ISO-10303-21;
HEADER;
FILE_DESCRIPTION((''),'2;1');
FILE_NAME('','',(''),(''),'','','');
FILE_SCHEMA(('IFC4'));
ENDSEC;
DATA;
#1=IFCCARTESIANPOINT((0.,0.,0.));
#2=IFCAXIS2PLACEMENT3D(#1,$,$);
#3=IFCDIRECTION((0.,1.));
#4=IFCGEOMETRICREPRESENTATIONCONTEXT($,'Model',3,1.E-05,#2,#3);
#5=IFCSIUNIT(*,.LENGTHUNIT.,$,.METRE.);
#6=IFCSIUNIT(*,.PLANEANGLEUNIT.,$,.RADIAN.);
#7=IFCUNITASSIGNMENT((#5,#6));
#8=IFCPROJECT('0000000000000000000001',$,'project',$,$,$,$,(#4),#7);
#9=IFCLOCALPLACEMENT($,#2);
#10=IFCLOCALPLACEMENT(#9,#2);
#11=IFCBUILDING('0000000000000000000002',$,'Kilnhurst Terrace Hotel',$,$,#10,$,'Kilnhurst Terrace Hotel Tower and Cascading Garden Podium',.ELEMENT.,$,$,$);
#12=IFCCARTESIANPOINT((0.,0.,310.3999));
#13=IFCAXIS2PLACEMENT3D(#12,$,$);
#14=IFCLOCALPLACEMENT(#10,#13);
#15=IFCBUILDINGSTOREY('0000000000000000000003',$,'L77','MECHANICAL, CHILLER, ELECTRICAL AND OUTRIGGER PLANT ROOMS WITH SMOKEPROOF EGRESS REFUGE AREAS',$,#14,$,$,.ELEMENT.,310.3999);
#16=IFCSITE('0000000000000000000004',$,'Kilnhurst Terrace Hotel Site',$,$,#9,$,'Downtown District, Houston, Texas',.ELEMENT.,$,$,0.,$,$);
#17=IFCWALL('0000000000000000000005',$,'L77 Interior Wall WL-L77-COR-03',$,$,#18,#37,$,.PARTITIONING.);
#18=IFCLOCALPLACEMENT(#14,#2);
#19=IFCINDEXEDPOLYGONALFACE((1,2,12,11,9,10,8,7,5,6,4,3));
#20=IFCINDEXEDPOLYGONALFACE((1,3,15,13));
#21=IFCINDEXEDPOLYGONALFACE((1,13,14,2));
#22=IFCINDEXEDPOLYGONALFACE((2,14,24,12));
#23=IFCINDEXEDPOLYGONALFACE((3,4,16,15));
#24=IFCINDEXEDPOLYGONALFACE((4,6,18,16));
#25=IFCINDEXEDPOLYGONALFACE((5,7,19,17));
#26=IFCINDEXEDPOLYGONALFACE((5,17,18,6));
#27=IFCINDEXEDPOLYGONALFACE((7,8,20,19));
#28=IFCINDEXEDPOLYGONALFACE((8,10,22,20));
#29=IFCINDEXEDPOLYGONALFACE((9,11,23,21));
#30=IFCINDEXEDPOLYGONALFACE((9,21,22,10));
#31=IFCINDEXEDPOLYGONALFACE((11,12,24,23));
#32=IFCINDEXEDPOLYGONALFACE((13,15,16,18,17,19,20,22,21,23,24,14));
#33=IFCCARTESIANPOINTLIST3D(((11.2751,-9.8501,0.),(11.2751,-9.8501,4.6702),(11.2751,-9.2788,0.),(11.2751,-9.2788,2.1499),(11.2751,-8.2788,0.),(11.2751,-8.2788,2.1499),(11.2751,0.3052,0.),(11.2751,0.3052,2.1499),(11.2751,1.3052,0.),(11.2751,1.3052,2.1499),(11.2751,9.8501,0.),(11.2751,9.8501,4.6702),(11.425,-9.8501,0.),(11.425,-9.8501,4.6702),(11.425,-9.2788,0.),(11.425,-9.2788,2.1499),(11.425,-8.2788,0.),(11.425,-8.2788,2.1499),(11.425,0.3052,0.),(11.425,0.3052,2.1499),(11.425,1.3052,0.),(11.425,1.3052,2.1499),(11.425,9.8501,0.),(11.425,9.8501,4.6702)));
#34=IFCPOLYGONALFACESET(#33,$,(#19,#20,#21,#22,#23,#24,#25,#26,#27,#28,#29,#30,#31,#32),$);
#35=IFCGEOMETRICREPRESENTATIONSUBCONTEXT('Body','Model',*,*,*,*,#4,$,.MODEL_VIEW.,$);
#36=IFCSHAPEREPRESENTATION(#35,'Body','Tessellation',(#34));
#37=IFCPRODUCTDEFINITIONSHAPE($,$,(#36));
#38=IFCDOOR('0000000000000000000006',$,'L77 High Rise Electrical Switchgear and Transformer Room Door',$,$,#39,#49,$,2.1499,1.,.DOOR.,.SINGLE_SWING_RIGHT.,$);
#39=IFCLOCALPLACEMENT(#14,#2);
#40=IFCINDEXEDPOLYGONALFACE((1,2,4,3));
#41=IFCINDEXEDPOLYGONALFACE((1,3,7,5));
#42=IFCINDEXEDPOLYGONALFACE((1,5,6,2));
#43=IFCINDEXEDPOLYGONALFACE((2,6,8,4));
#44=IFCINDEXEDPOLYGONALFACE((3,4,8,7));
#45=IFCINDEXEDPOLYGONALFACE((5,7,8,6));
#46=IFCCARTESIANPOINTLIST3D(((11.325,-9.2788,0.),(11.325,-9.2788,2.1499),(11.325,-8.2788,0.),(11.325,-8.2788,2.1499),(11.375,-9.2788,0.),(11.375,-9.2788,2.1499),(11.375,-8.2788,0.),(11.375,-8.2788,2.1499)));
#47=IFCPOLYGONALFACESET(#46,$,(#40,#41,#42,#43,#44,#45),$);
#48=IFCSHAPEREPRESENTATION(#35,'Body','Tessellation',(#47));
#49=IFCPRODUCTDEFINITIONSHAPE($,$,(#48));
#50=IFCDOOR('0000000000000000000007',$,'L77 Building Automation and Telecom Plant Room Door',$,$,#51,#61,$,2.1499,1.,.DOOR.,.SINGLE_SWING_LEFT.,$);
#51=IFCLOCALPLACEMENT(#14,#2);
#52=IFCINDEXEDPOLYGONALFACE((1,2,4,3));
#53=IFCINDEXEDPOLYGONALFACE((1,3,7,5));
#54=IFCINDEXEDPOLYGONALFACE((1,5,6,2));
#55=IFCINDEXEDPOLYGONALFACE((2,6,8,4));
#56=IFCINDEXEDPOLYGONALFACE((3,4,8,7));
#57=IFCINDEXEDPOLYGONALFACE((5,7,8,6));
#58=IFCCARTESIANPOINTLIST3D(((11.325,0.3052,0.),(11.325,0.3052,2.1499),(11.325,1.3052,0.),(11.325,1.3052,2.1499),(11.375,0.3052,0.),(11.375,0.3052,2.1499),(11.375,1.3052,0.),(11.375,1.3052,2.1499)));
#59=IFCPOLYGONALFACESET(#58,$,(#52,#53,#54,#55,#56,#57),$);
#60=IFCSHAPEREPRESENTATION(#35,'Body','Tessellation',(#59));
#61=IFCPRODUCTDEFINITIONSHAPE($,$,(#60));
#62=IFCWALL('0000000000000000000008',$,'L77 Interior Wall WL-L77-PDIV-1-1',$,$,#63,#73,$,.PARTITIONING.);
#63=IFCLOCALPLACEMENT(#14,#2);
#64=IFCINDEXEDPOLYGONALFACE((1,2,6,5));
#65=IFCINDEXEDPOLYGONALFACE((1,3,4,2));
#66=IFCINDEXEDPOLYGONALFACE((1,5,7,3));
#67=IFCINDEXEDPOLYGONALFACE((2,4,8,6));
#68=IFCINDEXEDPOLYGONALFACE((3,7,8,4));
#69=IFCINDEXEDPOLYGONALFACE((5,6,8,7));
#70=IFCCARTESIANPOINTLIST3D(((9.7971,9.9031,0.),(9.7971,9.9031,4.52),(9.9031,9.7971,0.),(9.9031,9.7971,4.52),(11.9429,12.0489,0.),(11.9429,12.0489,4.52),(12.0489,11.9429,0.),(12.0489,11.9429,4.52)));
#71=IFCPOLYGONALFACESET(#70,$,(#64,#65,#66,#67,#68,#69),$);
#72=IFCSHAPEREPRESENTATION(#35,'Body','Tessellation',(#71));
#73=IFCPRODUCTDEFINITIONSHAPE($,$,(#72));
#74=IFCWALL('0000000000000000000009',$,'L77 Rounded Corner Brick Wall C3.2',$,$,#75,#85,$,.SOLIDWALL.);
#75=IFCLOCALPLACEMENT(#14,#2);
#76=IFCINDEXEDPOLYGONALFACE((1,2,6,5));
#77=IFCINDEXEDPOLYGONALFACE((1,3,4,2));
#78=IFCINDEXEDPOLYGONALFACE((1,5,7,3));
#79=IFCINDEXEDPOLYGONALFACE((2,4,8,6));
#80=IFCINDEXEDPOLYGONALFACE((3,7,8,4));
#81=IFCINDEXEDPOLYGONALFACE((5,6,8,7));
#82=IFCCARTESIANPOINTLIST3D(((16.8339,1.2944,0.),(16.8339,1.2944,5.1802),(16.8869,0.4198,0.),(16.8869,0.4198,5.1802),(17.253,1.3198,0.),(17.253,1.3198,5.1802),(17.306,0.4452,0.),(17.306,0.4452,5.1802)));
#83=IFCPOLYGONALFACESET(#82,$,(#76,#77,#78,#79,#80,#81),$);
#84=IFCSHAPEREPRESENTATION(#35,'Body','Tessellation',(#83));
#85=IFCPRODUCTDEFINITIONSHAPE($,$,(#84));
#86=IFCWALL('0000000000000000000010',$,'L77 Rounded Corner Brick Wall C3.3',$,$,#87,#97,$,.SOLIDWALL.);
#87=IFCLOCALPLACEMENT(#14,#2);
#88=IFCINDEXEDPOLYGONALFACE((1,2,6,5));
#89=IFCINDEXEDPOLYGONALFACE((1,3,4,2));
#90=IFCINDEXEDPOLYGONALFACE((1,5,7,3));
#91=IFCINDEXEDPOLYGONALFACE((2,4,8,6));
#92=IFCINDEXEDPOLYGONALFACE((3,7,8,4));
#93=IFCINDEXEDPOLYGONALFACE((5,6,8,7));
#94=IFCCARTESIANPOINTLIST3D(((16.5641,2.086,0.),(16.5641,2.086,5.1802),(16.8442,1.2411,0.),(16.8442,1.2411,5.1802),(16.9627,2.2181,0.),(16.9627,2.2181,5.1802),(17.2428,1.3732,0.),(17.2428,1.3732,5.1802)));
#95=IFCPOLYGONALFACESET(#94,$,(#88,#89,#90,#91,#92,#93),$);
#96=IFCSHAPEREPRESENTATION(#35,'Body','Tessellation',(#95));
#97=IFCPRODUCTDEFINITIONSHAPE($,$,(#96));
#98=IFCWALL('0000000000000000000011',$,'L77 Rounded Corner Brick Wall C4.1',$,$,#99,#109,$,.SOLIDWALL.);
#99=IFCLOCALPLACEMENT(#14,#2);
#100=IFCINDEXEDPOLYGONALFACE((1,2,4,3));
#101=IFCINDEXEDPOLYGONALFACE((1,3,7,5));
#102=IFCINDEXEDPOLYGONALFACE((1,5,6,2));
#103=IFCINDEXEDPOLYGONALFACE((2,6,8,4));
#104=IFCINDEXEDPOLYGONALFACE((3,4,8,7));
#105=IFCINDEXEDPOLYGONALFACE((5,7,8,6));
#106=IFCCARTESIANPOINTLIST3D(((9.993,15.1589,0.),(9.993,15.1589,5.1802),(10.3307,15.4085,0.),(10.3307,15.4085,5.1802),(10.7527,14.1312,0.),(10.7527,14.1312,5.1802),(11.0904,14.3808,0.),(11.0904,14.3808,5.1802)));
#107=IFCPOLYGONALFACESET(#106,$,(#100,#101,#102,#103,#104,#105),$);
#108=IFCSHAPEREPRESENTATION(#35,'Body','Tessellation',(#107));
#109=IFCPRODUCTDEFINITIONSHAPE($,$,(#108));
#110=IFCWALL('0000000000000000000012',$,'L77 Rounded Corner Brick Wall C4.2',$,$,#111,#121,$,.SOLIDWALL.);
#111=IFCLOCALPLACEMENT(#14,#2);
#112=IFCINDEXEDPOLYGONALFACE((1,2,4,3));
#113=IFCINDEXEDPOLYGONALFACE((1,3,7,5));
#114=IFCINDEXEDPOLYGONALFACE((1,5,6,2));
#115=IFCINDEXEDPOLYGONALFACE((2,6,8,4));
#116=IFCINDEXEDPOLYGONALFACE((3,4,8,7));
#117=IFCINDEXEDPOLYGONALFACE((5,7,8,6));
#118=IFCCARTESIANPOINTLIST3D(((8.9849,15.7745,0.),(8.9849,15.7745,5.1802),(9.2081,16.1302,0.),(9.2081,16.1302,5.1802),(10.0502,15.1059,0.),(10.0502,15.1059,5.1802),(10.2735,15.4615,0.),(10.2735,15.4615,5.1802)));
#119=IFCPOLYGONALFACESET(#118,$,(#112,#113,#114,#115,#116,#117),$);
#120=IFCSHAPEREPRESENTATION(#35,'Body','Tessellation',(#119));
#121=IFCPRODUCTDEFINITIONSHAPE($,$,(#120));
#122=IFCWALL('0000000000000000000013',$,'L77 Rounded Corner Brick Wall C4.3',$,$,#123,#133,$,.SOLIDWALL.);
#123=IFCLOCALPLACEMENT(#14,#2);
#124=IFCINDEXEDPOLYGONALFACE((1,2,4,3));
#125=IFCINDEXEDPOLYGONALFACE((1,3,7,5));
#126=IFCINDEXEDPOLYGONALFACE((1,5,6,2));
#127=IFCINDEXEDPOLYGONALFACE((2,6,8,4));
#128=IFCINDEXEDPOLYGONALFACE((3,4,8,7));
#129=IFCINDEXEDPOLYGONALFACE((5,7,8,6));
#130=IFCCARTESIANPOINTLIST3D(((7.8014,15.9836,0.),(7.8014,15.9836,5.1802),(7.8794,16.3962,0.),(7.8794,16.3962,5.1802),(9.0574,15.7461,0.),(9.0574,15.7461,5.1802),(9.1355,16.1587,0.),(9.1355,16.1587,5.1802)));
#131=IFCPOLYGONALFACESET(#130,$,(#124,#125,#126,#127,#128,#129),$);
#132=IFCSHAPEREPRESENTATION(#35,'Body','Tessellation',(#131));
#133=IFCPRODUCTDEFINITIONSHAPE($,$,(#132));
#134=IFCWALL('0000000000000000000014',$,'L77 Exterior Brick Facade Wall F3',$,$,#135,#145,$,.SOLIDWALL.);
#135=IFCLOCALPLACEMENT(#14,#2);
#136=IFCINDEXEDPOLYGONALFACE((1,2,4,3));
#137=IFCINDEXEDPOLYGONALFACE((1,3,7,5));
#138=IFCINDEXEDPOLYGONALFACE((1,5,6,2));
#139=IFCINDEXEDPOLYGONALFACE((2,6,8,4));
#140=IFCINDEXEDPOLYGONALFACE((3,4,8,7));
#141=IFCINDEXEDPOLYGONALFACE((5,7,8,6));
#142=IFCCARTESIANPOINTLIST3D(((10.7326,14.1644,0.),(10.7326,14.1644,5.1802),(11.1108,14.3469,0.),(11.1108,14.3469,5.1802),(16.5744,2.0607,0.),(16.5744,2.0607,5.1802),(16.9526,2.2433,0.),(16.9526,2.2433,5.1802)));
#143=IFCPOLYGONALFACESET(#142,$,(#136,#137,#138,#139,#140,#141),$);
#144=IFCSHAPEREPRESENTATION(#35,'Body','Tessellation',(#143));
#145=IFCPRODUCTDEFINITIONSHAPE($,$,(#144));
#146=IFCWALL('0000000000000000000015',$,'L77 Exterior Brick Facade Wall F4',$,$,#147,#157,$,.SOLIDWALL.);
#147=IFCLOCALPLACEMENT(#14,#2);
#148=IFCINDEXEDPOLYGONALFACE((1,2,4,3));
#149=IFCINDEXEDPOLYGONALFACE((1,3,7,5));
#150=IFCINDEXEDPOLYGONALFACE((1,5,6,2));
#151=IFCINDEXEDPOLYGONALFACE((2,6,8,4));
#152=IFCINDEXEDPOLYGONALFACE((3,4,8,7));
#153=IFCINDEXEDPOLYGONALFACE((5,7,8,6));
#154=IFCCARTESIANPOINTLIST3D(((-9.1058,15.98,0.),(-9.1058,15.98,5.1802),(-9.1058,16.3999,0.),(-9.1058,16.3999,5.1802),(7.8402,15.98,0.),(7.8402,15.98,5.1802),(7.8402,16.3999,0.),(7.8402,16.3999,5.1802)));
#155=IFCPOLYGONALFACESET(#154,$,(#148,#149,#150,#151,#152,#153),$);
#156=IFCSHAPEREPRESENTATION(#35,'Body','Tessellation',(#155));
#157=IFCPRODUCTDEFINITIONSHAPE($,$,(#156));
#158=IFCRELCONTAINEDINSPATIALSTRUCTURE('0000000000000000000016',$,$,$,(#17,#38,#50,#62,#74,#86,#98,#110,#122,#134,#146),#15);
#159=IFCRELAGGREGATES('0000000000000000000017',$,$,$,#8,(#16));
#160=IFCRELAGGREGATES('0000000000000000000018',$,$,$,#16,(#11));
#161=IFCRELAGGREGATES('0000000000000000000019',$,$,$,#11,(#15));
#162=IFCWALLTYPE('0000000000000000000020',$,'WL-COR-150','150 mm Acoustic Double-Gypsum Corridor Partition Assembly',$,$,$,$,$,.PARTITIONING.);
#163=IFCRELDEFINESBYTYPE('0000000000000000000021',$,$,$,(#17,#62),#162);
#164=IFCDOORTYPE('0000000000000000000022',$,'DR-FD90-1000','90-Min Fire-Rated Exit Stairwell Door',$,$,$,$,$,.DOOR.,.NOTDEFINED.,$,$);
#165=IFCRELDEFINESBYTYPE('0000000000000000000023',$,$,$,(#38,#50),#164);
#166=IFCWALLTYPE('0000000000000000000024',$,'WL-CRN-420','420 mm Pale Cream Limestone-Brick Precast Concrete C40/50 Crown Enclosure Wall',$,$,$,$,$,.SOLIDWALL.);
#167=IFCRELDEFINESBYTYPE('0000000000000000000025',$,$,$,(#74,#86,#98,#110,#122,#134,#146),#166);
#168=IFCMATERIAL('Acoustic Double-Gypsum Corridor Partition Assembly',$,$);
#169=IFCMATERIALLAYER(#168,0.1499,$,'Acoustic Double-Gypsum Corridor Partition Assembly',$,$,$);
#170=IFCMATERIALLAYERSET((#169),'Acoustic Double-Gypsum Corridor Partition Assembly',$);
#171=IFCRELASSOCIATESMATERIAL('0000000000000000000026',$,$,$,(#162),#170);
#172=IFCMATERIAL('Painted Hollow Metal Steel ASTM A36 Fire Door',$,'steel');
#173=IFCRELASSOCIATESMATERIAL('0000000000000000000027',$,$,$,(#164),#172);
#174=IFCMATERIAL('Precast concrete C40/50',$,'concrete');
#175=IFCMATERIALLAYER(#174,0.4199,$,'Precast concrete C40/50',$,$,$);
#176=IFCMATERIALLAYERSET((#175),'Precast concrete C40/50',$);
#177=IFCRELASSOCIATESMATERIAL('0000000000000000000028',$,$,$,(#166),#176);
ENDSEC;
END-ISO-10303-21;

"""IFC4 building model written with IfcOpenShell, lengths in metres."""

from ifc_helpers import new_model, si_unit, direction, frame, frame_2d, origin, place, context, subcontext, project, spatial, rectangle, extrude, material, layer, layer_set, type_object, element, fill, save


model = new_model("IFC4")

# Units and contexts
model_context = context("Model", 3, precision=1e-05, world=origin(), true_north=direction((0.0, 1.0)))
body_context = subcontext(model_context, "Body", "Model", "MODEL_VIEW")
ifc_project = project(units=[si_unit("LENGTHUNIT", "METRE"), si_unit("PLANEANGLEUNIT", "RADIAN")], contexts=[model_context])

# Site, building, storey
site_placement = place(None, origin())
site = spatial("IfcSite", under=ifc_project, at=site_placement, Name="Kilnhurst Terrace Hotel Site", LongName="Downtown District, Houston, Texas", CompositionType="ELEMENT", RefElevation=0.0)
building_placement = place(site_placement, origin())
building = spatial("IfcBuilding", under=site, at=building_placement, Name="Kilnhurst Terrace Hotel", LongName="Kilnhurst Terrace Hotel Tower and Cascading Garden Podium", CompositionType="ELEMENT")
storey_placement = place(building_placement, frame((0.0, 0.0, 310.3999)))
storey = spatial("IfcBuildingStorey", under=building, at=storey_placement, Name="L77", Description="MECHANICAL, CHILLER, ELECTRICAL AND OUTRIGGER PLANT ROOMS WITH SMOKEPROOF EGRESS REFUGE AREAS", CompositionType="ELEMENT", Elevation=310.3999)

# Wall, openings, doors
ifc_material_1 = material(Name="Acoustic Double-Gypsum Corridor Partition Assembly")
ifc_layer_1 = layer(ifc_material_1, 0.1499, Name="Acoustic Double-Gypsum Corridor Partition Assembly")
ifc_layer_set_1 = layer_set([ifc_layer_1], Name="Acoustic Double-Gypsum Corridor Partition Assembly")
wall_type_1 = type_object("IfcWallType", Name="WL-COR-150", Description="150 mm Acoustic Double-Gypsum Corridor Partition Assembly", PredefinedType="PARTITIONING", material=ifc_layer_set_1)
wall_1_placement = place(storey_placement, frame((11.3501, 9.8501, 0.0), z_axis=(0.0, 0.0, 1.0), x_axis=(0.0, -1.0, 0.0)))
wall_1 = element("IfcWall", 1, at=wall_1_placement, inside=storey, type_object=wall_type_1, Name="L77 Interior Wall WL-L77-COR-03", PredefinedType="PARTITIONING", context=body_context, shape_type="SweptSolid", body=[
    extrude(rectangle(XDim=19.7002, YDim=0.1499, at=frame_2d((9.8501, 0.0))), origin(), (0.0, 0.0, 1.0), 4.6702),
])
opening_1_placement = place(wall_1_placement, frame((18.1289, 0.0, 0.0)))
opening_1 = element("IfcOpeningElement", 2, at=opening_1_placement, cuts=wall_1, PredefinedType="OPENING", context=body_context, shape_type="SweptSolid", body=[
    extrude(rectangle(XDim=1.0, YDim=2.1499, at=frame_2d((0.5, 1.075))), frame((0.0, 0.085, 0.0), z_axis=(0.0, -1.0, 0.0), x_axis=(1.0, 0.0, 0.0)), (0.0, 0.0, 1.0), 0.1699),
])
opening_2_placement = place(wall_1_placement, frame((8.5449, 0.0, 0.0)))
opening_2 = element("IfcOpeningElement", 3, at=opening_2_placement, cuts=wall_1, PredefinedType="OPENING", context=body_context, shape_type="SweptSolid", body=[
    extrude(rectangle(XDim=1.0, YDim=2.1499, at=frame_2d((0.5, 1.075))), frame((0.0, 0.085, 0.0), z_axis=(0.0, -1.0, 0.0), x_axis=(1.0, 0.0, 0.0)), (0.0, 0.0, 1.0), 0.1699),
])
ifc_material_2 = material(Name="Painted Hollow Metal Steel ASTM A36 Fire Door", Category="steel")
door_type = type_object("IfcDoorType", Name="DR-FD90-1000", Description="90-Min Fire-Rated Exit Stairwell Door", OperationType="NOTDEFINED", PredefinedType="DOOR", material=ifc_material_2)
door_1_placement = place(opening_1_placement, origin())
door_1 = element("IfcDoor", 4, at=door_1_placement, inside=storey, type_object=door_type, Name="L77 High Rise Electrical Switchgear and Transformer Room Door", OperationType="SINGLE_SWING_RIGHT", OverallHeight=2.1499, OverallWidth=1.0, PredefinedType="DOOR", context=body_context, shape_type="SweptSolid", body=[
    extrude(rectangle(XDim=1.0, YDim=2.1499, at=frame_2d((0.5, 1.075))), frame((0.0, 0.0249, 0.0), z_axis=(0.0, -1.0, 0.0), x_axis=(1.0, 0.0, 0.0)), (0.0, 0.0, 1.0), 0.05),
])
fill(opening_1, door_1)
door_2_placement = place(opening_2_placement, origin())
door_2 = element("IfcDoor", 5, at=door_2_placement, inside=storey, type_object=door_type, Name="L77 Building Automation and Telecom Plant Room Door", OperationType="SINGLE_SWING_LEFT", OverallHeight=2.1499, OverallWidth=1.0, PredefinedType="DOOR", context=body_context, shape_type="SweptSolid", body=[
    extrude(rectangle(XDim=1.0, YDim=2.1499, at=frame_2d((0.5, 1.075))), frame((0.0, 0.0249, 0.0), z_axis=(0.0, -1.0, 0.0), x_axis=(1.0, 0.0, 0.0)), (0.0, 0.0, 1.0), 0.05),
])
fill(opening_2, door_2)

# Walls
wall_2_placement = place(storey_placement, frame((9.8501, 9.8501, 0.0), z_axis=(0.0, 0.0, 1.0), x_axis=(0.707107, 0.707107, 0.0)))
element("IfcWall", 6, at=wall_2_placement, inside=storey, type_object=wall_type_1, Name="L77 Interior Wall WL-L77-PDIV-1-1", PredefinedType="PARTITIONING", context=body_context, shape_type="SweptSolid", body=[
    extrude(rectangle(XDim=3.0347, YDim=0.1499, at=frame_2d((1.5173, 0.0))), origin(), (0.0, 0.0, 1.0), 4.52),
])
ifc_material_3 = material(Name="Precast concrete C40/50", Category="concrete")
ifc_layer_2 = layer(ifc_material_3, 0.4199, Name="Precast concrete C40/50")
ifc_layer_set_2 = layer_set([ifc_layer_2], Name="Precast concrete C40/50")
wall_type_2 = type_object("IfcWallType", Name="WL-CRN-420", Description="420 mm Pale Cream Limestone-Brick Precast Concrete C40/50 Crown Enclosure Wall", PredefinedType="SOLIDWALL", material=ifc_layer_set_2)
wall_3_placement = place(storey_placement, frame((17.0964, 0.4326, 0.0), z_axis=(0.0, 0.0, 1.0), x_axis=(-0.06047, 0.99817, 0.0)))
element("IfcWall", 7, at=wall_3_placement, inside=storey, type_object=wall_type_2, Name="L77 Rounded Corner Brick Wall C3.2", PredefinedType="SOLIDWALL", context=body_context, shape_type="SweptSolid", body=[
    extrude(rectangle(XDim=0.8762, YDim=0.4199, at=frame_2d((0.438, 0.0))), origin(), (0.0, 0.0, 1.0), 5.1802),
])
wall_4_placement = place(storey_placement, frame((17.0435, 1.3071, 0.0), z_axis=(0.0, 0.0, 1.0), x_axis=(-0.314582, 0.94923, 0.0)))
element("IfcWall", 8, at=wall_4_placement, inside=storey, type_object=wall_type_2, Name="L77 Rounded Corner Brick Wall C3.3", PredefinedType="SOLIDWALL", context=body_context, shape_type="SweptSolid", body=[
    extrude(rectangle(XDim=0.8901, YDim=0.4199, at=frame_2d((0.4451, 0.0))), origin(), (0.0, 0.0, 1.0), 5.1802),
])
wall_5_placement = place(storey_placement, frame((10.9216, 14.2559, 0.0), z_axis=(0.0, 0.0, 1.0), x_axis=(-0.594423, 0.804152, 0.0)))
element("IfcWall", 9, at=wall_5_placement, inside=storey, type_object=wall_type_2, Name="L77 Rounded Corner Brick Wall C4.1", PredefinedType="SOLIDWALL", context=body_context, shape_type="SweptSolid", body=[
    extrude(rectangle(XDim=1.2781, YDim=0.4199, at=frame_2d((0.6392, 0.0))), origin(), (0.0, 0.0, 1.0), 5.1802),
])
wall_6_placement = place(storey_placement, frame((10.1619, 15.2837, 0.0), z_axis=(0.0, 0.0, 1.0), x_axis=(-0.846994, 0.531603, 0.0)))
element("IfcWall", 10, at=wall_6_placement, inside=storey, type_object=wall_type_2, Name="L77 Rounded Corner Brick Wall C4.2", PredefinedType="SOLIDWALL", context=body_context, shape_type="SweptSolid", body=[
    extrude(rectangle(XDim=1.2578, YDim=0.4199, at=frame_2d((0.6289, 0.0))), origin(), (0.0, 0.0, 1.0), 5.1802),
])
wall_7_placement = place(storey_placement, frame((9.0964, 15.9524, 0.0), z_axis=(0.0, 0.0, 1.0), x_axis=(-0.982583, 0.185822, 0.0)))
element("IfcWall", 11, at=wall_7_placement, inside=storey, type_object=wall_type_2, Name="L77 Rounded Corner Brick Wall C4.3", PredefinedType="SOLIDWALL", context=body_context, shape_type="SweptSolid", body=[
    extrude(rectangle(XDim=1.2783, YDim=0.4199, at=frame_2d((0.6392, 0.0))), origin(), (0.0, 0.0, 1.0), 5.1802),
])
wall_8_placement = place(storey_placement, frame((16.7634, 2.1521, 0.0), z_axis=(0.0, 0.0, 1.0), x_axis=(-0.434665, 0.900592, 0.0)))
element("IfcWall", 12, at=wall_8_placement, inside=storey, type_object=wall_type_2, Name="L77 Exterior Brick Facade Wall F3", PredefinedType="SOLIDWALL", context=body_context, shape_type="SweptSolid", body=[
    extrude(rectangle(XDim=13.4397, YDim=0.4199, at=frame_2d((6.7197, 0.0))), origin(), (0.0, 0.0, 1.0), 5.1802),
])
wall_9_placement = place(storey_placement, frame((7.8403, 16.1899, 0.0), z_axis=(0.0, 0.0, 1.0), x_axis=(-1.0, 0.0, 0.0)))
element("IfcWall", 13, at=wall_9_placement, inside=storey, type_object=wall_type_2, Name="L77 Exterior Brick Facade Wall F4", PredefinedType="SOLIDWALL", context=body_context, shape_type="SweptSolid", body=[
    extrude(rectangle(XDim=16.946, YDim=0.4199, at=frame_2d((8.4731, 0.0))), origin(), (0.0, 0.0, 1.0), 5.1802),
])

save(model, "model.ifc")
